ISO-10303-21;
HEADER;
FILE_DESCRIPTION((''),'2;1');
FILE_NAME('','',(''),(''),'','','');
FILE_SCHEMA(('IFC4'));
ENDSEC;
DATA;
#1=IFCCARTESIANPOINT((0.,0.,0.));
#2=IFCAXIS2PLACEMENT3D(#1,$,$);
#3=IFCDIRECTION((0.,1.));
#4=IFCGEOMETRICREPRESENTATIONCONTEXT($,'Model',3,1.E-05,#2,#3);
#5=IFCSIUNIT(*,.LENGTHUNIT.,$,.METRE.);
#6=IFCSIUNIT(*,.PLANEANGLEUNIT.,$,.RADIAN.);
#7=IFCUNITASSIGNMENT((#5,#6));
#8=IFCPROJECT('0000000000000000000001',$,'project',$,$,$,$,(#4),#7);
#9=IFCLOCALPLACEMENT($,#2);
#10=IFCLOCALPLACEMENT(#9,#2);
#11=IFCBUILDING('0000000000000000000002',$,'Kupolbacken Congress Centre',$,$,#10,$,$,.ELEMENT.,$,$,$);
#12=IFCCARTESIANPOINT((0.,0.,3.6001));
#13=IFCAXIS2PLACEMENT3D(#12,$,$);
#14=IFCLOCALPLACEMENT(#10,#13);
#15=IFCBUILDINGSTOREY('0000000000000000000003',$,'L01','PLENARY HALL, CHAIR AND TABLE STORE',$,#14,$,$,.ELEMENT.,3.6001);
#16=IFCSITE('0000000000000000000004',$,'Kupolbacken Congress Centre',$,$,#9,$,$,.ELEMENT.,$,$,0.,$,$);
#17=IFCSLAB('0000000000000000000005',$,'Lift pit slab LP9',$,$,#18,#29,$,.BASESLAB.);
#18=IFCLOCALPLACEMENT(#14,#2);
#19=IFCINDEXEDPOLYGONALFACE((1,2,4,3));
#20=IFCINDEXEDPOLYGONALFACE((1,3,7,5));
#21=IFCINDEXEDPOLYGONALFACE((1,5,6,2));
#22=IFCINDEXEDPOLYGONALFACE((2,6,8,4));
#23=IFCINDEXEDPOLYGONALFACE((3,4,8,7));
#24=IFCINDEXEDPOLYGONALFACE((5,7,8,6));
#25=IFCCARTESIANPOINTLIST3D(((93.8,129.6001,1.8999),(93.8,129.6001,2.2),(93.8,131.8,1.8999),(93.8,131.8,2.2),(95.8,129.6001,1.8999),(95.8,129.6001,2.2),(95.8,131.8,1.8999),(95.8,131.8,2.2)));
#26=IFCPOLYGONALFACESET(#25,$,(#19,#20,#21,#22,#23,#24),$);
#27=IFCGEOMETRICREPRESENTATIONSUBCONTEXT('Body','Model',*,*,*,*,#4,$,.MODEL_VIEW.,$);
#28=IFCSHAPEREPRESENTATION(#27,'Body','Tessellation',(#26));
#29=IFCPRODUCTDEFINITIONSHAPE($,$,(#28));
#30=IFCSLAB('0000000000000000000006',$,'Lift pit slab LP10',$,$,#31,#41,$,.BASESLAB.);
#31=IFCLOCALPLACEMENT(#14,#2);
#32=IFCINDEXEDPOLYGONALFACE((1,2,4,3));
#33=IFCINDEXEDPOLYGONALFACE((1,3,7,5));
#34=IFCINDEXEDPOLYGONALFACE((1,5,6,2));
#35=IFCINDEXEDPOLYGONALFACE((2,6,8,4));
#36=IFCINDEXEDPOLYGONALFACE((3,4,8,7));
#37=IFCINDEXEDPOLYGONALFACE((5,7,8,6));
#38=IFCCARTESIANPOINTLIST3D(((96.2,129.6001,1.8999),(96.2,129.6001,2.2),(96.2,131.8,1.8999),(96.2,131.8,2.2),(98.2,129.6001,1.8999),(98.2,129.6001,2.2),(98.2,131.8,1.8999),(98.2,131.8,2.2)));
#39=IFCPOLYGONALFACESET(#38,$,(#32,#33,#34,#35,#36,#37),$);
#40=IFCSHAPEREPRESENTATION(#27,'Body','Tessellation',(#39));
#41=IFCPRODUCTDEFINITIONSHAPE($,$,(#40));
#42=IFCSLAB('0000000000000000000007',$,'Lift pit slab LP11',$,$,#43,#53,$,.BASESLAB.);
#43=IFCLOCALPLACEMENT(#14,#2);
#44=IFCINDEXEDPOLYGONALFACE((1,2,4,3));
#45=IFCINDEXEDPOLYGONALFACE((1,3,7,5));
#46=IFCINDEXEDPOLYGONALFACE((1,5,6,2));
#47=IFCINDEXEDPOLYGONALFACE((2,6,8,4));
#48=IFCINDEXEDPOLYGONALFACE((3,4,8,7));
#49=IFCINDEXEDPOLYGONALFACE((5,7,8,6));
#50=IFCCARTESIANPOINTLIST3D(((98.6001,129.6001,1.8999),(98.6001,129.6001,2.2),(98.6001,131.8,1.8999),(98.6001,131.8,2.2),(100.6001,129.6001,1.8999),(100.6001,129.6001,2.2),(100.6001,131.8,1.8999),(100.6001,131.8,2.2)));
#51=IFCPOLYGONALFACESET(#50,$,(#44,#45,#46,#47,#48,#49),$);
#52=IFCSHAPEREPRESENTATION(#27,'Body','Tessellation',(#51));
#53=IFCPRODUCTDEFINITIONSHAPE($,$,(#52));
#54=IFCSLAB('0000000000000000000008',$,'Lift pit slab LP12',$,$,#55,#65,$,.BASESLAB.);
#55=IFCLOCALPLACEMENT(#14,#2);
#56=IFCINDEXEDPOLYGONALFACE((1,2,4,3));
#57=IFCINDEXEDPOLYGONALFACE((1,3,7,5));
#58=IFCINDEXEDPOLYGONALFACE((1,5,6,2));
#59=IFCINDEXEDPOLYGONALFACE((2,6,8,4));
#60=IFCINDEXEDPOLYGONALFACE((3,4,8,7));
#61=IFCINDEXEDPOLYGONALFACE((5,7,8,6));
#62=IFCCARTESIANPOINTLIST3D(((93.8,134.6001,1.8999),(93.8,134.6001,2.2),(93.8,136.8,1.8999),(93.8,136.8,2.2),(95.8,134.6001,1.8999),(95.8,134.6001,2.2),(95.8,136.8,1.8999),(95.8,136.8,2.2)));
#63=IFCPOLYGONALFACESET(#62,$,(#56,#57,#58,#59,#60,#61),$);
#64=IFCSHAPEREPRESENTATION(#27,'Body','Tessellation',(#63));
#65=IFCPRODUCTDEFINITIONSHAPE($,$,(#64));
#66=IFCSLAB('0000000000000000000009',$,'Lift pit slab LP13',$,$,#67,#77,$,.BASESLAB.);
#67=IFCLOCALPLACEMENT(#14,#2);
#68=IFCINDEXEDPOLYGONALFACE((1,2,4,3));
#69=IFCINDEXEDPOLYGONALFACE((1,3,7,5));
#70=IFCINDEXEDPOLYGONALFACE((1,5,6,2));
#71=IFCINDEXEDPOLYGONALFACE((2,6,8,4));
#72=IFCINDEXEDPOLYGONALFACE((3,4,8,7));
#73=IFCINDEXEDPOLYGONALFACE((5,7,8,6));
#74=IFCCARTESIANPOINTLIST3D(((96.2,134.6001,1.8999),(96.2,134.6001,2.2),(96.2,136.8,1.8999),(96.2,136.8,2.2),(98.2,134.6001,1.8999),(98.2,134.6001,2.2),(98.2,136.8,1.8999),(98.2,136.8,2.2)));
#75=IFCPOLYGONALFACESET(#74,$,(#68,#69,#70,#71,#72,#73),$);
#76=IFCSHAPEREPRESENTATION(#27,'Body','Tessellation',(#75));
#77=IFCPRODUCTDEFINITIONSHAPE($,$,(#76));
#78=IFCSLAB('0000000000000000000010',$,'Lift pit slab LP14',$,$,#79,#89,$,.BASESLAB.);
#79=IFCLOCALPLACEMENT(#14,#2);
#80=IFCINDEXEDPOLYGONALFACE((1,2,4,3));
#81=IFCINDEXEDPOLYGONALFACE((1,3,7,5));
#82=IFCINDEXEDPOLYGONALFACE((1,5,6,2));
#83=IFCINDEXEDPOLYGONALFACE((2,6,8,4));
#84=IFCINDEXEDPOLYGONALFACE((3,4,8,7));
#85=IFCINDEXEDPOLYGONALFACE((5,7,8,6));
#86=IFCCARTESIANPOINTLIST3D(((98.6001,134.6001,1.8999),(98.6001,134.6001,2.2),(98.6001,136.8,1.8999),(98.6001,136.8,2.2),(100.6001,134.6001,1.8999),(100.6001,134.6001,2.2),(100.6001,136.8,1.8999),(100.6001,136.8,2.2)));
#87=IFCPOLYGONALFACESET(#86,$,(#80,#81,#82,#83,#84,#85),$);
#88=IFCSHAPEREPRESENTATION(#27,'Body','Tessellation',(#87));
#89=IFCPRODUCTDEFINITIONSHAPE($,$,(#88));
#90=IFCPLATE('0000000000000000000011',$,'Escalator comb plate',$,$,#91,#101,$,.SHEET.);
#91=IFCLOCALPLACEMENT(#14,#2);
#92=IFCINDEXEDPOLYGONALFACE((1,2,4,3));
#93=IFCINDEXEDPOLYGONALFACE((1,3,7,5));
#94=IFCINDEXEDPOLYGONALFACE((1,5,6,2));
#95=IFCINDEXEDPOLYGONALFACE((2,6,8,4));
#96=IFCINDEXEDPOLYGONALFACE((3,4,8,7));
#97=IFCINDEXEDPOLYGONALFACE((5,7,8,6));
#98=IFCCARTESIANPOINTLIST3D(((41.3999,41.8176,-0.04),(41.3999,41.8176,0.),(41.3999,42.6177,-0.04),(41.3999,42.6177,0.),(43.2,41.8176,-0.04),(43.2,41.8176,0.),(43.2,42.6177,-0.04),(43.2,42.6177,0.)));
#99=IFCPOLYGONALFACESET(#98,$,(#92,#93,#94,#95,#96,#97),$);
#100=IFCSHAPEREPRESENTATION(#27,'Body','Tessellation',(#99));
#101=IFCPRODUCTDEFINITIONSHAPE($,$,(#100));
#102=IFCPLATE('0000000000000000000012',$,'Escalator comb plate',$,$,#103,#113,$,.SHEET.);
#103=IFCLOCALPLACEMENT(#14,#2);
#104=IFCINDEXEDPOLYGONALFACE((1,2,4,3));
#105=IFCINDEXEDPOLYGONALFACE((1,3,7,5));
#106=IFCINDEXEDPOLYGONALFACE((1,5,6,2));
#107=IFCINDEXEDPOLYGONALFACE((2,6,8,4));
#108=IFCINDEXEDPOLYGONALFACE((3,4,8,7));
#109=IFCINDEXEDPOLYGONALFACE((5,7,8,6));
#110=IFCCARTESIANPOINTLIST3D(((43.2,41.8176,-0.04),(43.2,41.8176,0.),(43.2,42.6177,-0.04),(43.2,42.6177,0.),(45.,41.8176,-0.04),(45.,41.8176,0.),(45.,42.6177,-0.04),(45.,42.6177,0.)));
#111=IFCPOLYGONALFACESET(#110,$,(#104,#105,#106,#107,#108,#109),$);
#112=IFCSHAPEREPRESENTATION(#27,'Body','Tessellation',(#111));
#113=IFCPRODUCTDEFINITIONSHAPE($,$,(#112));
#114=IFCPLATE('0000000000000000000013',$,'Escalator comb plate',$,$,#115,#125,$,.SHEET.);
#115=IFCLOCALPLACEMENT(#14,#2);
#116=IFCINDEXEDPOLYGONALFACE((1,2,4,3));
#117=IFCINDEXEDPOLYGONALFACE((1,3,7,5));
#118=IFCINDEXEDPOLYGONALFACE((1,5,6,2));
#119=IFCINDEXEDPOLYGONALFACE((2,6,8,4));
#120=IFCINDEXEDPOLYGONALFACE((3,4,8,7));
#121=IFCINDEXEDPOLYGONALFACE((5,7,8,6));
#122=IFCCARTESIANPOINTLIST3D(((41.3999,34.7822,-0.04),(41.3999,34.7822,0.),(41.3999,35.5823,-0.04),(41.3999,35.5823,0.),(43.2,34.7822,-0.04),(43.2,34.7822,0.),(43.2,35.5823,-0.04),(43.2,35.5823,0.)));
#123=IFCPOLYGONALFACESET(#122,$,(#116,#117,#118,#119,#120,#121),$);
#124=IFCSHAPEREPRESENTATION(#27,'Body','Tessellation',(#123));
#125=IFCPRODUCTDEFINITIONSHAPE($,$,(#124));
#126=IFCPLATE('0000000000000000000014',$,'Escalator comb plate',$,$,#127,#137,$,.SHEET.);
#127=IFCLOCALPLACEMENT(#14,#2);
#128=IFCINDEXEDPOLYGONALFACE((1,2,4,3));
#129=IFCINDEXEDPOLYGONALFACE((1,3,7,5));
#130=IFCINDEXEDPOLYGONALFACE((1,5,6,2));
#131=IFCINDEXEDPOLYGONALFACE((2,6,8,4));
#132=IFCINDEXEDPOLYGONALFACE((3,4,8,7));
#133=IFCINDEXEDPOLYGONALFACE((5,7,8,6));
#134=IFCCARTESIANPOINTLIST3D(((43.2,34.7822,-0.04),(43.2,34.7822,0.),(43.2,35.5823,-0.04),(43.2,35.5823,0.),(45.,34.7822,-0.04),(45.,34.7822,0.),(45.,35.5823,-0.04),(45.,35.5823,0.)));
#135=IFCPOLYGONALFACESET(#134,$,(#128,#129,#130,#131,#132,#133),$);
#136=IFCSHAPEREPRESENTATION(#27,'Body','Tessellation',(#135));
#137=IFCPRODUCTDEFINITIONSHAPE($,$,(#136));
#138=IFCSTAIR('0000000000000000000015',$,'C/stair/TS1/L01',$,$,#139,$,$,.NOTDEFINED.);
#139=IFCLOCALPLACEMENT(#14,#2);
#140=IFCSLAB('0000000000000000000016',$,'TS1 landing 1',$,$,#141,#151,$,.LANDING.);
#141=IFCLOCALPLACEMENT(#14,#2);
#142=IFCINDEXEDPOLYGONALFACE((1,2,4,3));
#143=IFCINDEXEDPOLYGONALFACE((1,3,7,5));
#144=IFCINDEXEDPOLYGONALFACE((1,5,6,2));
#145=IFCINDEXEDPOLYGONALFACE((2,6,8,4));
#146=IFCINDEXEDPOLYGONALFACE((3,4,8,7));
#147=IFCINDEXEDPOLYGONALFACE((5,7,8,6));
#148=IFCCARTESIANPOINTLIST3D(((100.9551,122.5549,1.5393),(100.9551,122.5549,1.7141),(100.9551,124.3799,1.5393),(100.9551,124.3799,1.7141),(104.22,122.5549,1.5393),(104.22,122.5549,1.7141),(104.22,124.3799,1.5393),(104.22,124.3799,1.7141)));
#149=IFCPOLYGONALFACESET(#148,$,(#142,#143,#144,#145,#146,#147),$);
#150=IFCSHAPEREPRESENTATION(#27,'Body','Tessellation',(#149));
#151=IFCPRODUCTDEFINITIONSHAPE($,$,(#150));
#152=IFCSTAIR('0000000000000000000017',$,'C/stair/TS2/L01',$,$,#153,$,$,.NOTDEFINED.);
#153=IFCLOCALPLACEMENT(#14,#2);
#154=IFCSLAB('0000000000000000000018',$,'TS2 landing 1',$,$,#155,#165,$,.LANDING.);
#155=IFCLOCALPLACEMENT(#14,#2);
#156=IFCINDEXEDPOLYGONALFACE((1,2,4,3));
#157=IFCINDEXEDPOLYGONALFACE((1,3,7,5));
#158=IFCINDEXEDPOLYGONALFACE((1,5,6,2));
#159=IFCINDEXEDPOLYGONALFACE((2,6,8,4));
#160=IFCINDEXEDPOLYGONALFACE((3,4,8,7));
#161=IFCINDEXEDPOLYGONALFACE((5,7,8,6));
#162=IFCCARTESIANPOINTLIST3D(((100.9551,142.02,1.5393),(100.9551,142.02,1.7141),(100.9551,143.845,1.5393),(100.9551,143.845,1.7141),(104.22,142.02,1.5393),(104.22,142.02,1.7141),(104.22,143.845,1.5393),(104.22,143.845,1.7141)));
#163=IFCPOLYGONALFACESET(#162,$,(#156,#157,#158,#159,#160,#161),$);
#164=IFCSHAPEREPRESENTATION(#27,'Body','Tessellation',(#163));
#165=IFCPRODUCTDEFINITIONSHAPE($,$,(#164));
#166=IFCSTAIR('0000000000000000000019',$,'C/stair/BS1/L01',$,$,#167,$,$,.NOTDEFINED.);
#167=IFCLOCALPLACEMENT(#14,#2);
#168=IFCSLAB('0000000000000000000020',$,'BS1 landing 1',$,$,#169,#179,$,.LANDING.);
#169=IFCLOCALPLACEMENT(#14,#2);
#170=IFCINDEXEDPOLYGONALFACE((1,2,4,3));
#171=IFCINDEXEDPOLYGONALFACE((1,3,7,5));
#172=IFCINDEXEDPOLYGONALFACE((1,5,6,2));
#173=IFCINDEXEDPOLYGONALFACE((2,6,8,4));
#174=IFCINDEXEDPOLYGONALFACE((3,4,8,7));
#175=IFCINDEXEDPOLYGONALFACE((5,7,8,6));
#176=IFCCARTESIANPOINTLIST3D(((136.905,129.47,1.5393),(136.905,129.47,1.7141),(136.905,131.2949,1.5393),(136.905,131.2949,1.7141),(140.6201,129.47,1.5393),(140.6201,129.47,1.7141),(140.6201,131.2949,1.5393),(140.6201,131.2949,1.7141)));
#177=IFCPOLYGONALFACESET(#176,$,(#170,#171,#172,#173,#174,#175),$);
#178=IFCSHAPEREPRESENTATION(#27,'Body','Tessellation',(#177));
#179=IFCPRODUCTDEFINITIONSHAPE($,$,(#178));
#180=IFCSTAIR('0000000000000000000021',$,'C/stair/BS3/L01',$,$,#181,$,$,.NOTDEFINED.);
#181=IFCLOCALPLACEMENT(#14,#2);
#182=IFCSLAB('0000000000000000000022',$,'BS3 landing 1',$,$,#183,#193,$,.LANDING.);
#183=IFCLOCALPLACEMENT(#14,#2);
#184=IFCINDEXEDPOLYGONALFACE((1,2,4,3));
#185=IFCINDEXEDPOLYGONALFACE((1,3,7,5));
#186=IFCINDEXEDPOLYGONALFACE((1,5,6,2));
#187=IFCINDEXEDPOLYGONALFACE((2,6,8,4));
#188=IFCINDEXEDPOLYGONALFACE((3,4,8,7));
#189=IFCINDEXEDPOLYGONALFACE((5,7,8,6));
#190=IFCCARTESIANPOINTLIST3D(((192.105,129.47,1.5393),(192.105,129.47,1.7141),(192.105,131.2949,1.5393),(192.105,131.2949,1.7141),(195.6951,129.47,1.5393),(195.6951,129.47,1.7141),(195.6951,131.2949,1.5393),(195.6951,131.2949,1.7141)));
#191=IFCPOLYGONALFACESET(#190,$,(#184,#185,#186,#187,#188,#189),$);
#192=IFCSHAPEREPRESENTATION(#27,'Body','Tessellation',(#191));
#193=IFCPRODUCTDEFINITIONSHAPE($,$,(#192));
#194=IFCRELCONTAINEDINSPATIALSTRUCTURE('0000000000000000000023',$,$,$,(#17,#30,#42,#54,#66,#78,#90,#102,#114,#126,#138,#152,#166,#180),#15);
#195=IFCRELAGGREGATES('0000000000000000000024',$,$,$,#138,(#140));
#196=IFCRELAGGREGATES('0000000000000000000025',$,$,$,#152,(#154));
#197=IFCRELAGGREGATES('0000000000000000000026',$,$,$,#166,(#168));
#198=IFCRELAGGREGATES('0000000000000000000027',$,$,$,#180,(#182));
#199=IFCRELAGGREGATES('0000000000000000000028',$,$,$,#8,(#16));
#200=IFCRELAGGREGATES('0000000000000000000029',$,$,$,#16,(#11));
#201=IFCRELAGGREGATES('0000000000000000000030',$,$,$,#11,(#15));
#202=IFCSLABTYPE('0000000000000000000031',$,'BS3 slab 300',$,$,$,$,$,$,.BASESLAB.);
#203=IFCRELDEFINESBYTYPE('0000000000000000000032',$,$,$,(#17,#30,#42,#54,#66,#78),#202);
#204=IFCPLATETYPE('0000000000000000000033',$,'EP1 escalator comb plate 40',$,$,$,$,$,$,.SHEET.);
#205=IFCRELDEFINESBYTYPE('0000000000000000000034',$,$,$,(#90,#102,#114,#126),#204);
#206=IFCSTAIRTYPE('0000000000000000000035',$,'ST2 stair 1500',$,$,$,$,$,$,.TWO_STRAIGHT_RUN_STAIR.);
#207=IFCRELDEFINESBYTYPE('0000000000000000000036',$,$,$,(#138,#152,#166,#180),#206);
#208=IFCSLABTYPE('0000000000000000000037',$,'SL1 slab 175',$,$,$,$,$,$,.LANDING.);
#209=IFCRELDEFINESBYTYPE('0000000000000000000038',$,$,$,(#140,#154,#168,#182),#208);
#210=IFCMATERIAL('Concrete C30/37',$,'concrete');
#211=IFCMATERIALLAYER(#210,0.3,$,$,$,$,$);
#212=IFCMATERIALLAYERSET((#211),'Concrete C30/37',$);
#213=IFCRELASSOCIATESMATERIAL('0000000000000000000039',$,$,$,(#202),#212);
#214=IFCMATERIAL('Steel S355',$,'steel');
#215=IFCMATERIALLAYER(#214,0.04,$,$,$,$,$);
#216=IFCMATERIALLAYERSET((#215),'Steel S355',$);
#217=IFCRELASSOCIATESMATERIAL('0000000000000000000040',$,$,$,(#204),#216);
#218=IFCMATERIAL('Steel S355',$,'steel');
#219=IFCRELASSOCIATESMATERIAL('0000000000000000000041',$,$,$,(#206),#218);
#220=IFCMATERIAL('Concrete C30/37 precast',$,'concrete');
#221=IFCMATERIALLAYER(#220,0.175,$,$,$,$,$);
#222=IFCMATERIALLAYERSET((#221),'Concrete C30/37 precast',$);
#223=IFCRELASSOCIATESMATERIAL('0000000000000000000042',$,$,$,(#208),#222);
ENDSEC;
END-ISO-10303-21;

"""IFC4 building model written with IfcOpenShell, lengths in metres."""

from ifc_helpers import new_model, si_unit, direction, frame, origin, place, context, subcontext, project, spatial, polyline, outline, extrude, material, layer, layer_set, type_object, element, aggregate, save


model = new_model("IFC4")

# Units and contexts
model_context = context("Model", 3, precision=1e-05, world=origin(), true_north=direction((0.0, 1.0)))
body_context = subcontext(model_context, "Body", "Model", "MODEL_VIEW")
ifc_project = project(units=[si_unit("LENGTHUNIT", "METRE"), si_unit("PLANEANGLEUNIT", "RADIAN")], contexts=[model_context])

# Site, building, storey
site_placement = place(None, origin())
site = spatial("IfcSite", under=ifc_project, at=site_placement, Name="Kupolbacken Congress Centre", CompositionType="ELEMENT", RefElevation=0.0)
building_placement = place(site_placement, origin())
building = spatial("IfcBuilding", under=site, at=building_placement, Name="Kupolbacken Congress Centre", CompositionType="ELEMENT")
storey_placement = place(building_placement, frame((0.0, 0.0, 3.6001)))
storey = spatial("IfcBuildingStorey", under=building, at=storey_placement, Name="L01", Description="PLENARY HALL, CHAIR AND TABLE STORE", CompositionType="ELEMENT", Elevation=3.6001)

# Slabs
ifc_material_1 = material(Name="Concrete C30/37", Category="concrete")
ifc_layer_1 = layer(ifc_material_1, 0.3)
ifc_layer_set_1 = layer_set([ifc_layer_1], Name="Concrete C30/37")
slab_type_1 = type_object("IfcSlabType", Name="BS3 slab 300", PredefinedType="BASESLAB", material=ifc_layer_set_1)
slab_1_placement = place(storey_placement, frame((0.0, 0.0, 1.8999)))
element("IfcSlab", 1, at=slab_1_placement, inside=storey, type_object=slab_type_1, Name="Lift pit slab LP9", PredefinedType="BASESLAB", context=body_context, shape_type="SweptSolid", body=[
    extrude(outline(polyline([(93.8, 129.6001), (95.8, 129.6001), (95.8, 131.8), (93.8, 131.8), (93.8, 129.6001)])), origin(), (0.0, 0.0, 1.0), 0.3),
])
slab_2_placement = place(storey_placement, frame((0.0, 0.0, 1.8999)))
element("IfcSlab", 2, at=slab_2_placement, inside=storey, type_object=slab_type_1, Name="Lift pit slab LP10", PredefinedType="BASESLAB", context=body_context, shape_type="SweptSolid", body=[
    extrude(outline(polyline([(96.2, 129.6001), (98.2, 129.6001), (98.2, 131.8), (96.2, 131.8), (96.2, 129.6001)])), origin(), (0.0, 0.0, 1.0), 0.3),
])
slab_3_placement = place(storey_placement, frame((0.0, 0.0, 1.8999)))
element("IfcSlab", 3, at=slab_3_placement, inside=storey, type_object=slab_type_1, Name="Lift pit slab LP11", PredefinedType="BASESLAB", context=body_context, shape_type="SweptSolid", body=[
    extrude(outline(polyline([(98.6001, 129.6001), (100.6001, 129.6001), (100.6001, 131.8), (98.6001, 131.8), (98.6001, 129.6001)])), origin(), (0.0, 0.0, 1.0), 0.3),
])
slab_4_placement = place(storey_placement, frame((0.0, 0.0, 1.8999)))
element("IfcSlab", 4, at=slab_4_placement, inside=storey, type_object=slab_type_1, Name="Lift pit slab LP12", PredefinedType="BASESLAB", context=body_context, shape_type="SweptSolid", body=[
    extrude(outline(polyline([(93.8, 134.6001), (95.8, 134.6001), (95.8, 136.8), (93.8, 136.8), (93.8, 134.6001)])), origin(), (0.0, 0.0, 1.0), 0.3),
])
slab_5_placement = place(storey_placement, frame((0.0, 0.0, 1.8999)))
element("IfcSlab", 5, at=slab_5_placement, inside=storey, type_object=slab_type_1, Name="Lift pit slab LP13", PredefinedType="BASESLAB", context=body_context, shape_type="SweptSolid", body=[
    extrude(outline(polyline([(96.2, 134.6001), (98.2, 134.6001), (98.2, 136.8), (96.2, 136.8), (96.2, 134.6001)])), origin(), (0.0, 0.0, 1.0), 0.3),
])
slab_6_placement = place(storey_placement, frame((0.0, 0.0, 1.8999)))
element("IfcSlab", 6, at=slab_6_placement, inside=storey, type_object=slab_type_1, Name="Lift pit slab LP14", PredefinedType="BASESLAB", context=body_context, shape_type="SweptSolid", body=[
    extrude(outline(polyline([(98.6001, 134.6001), (100.6001, 134.6001), (100.6001, 136.8), (98.6001, 136.8), (98.6001, 134.6001)])), origin(), (0.0, 0.0, 1.0), 0.3),
])

# Plates
ifc_material_2 = material(Name="Steel S355", Category="steel")
ifc_layer_2 = layer(ifc_material_2, 0.04)
ifc_layer_set_2 = layer_set([ifc_layer_2], Name="Steel S355")
plate_type = type_object("IfcPlateType", Name="EP1 escalator comb plate 40", PredefinedType="SHEET", material=ifc_layer_set_2)
plate_1_placement = place(storey_placement, frame((0.0, 0.0, -0.04)))
element("IfcPlate", 7, at=plate_1_placement, inside=storey, type_object=plate_type, Name="Escalator comb plate", PredefinedType="SHEET", context=body_context, shape_type="SweptSolid", body=[
    extrude(outline(polyline([(41.3999, 41.8176), (43.2, 41.8176), (43.2, 42.6177), (41.3999, 42.6177), (41.3999, 41.8176)])), origin(), (0.0, 0.0, 1.0), 0.04),
])
plate_2_placement = place(storey_placement, frame((0.0, 0.0, -0.04)))
element("IfcPlate", 8, at=plate_2_placement, inside=storey, type_object=plate_type, Name="Escalator comb plate", PredefinedType="SHEET", context=body_context, shape_type="SweptSolid", body=[
    extrude(outline(polyline([(43.2, 41.8176), (45.0, 41.8176), (45.0, 42.6177), (43.2, 42.6177), (43.2, 41.8176)])), origin(), (0.0, 0.0, 1.0), 0.04),
])
plate_3_placement = place(storey_placement, frame((0.0, 0.0, -0.04)))
element("IfcPlate", 9, at=plate_3_placement, inside=storey, type_object=plate_type, Name="Escalator comb plate", PredefinedType="SHEET", context=body_context, shape_type="SweptSolid", body=[
    extrude(outline(polyline([(41.3999, 34.7822), (43.2, 34.7822), (43.2, 35.5823), (41.3999, 35.5823), (41.3999, 34.7822)])), origin(), (0.0, 0.0, 1.0), 0.04),
])
plate_4_placement = place(storey_placement, frame((0.0, 0.0, -0.04)))
element("IfcPlate", 10, at=plate_4_placement, inside=storey, type_object=plate_type, Name="Escalator comb plate", PredefinedType="SHEET", context=body_context, shape_type="SweptSolid", body=[
    extrude(outline(polyline([(43.2, 34.7822), (45.0, 34.7822), (45.0, 35.5823), (43.2, 35.5823), (43.2, 34.7822)])), origin(), (0.0, 0.0, 1.0), 0.04),
])

# Stairs, slabs
ifc_material_3 = material(Name="Steel S355", Category="steel")
stair_type_1 = type_object("IfcStairType", Name="ST2 stair 1500", PredefinedType="TWO_STRAIGHT_RUN_STAIR", material=ifc_material_3)
stair_1_placement = place(storey_placement, origin())
stair_1 = element("IfcStair", 11, at=stair_1_placement, inside=storey, type_object=stair_type_1, Name="C/stair/TS1/L01", PredefinedType="NOTDEFINED")
ifc_material_4 = material(Name="Concrete C30/37 precast", Category="concrete")
ifc_layer_3 = layer(ifc_material_4, 0.175)
ifc_layer_set_3 = layer_set([ifc_layer_3], Name="Concrete C30/37 precast")
slab_type_2 = type_object("IfcSlabType", Name="SL1 slab 175", PredefinedType="LANDING", material=ifc_layer_set_3)
slab_7_placement = place(storey_placement, frame((0.0, 0.0, 1.5393)))
slab_7 = element("IfcSlab", 12, at=slab_7_placement, type_object=slab_type_2, Name="TS1 landing 1", PredefinedType="LANDING", context=body_context, shape_type="SweptSolid", body=[
    extrude(outline(polyline([(100.9551, 122.5549), (104.22, 122.5549), (104.22, 124.3799), (100.9551, 124.3799), (100.9551, 122.5549)])), origin(), (0.0, 0.0, 1.0), 0.1748),
])
aggregate(stair_1, [slab_7])
stair_2_placement = place(storey_placement, origin())
stair_2 = element("IfcStair", 13, at=stair_2_placement, inside=storey, type_object=stair_type_1, Name="C/stair/TS2/L01", PredefinedType="NOTDEFINED")
slab_8_placement = place(storey_placement, frame((0.0, 0.0, 1.5393)))
slab_8 = element("IfcSlab", 14, at=slab_8_placement, type_object=slab_type_2, Name="TS2 landing 1", PredefinedType="LANDING", context=body_context, shape_type="SweptSolid", body=[
    extrude(outline(polyline([(100.9551, 142.02), (104.22, 142.02), (104.22, 143.845), (100.9551, 143.845), (100.9551, 142.02)])), origin(), (0.0, 0.0, 1.0), 0.1748),
])
aggregate(stair_2, [slab_8])
stair_3_placement = place(storey_placement, origin())
stair_3 = element("IfcStair", 15, at=stair_3_placement, inside=storey, type_object=stair_type_1, Name="C/stair/BS1/L01", PredefinedType="NOTDEFINED")
slab_9_placement = place(storey_placement, frame((0.0, 0.0, 1.5393)))
slab_9 = element("IfcSlab", 16, at=slab_9_placement, type_object=slab_type_2, Name="BS1 landing 1", PredefinedType="LANDING", context=body_context, shape_type="SweptSolid", body=[
    extrude(outline(polyline([(136.905, 129.47), (140.6201, 129.47), (140.6201, 131.2949), (136.905, 131.2949), (136.905, 129.47)])), origin(), (0.0, 0.0, 1.0), 0.1748),
])
aggregate(stair_3, [slab_9])
stair_4_placement = place(storey_placement, origin())
stair_4 = element("IfcStair", 17, at=stair_4_placement, inside=storey, type_object=stair_type_1, Name="C/stair/BS3/L01", PredefinedType="NOTDEFINED")
slab_10_placement = place(storey_placement, frame((0.0, 0.0, 1.5393)))
slab_10 = element("IfcSlab", 18, at=slab_10_placement, type_object=slab_type_2, Name="BS3 landing 1", PredefinedType="LANDING", context=body_context, shape_type="SweptSolid", body=[
    extrude(outline(polyline([(192.105, 129.47), (195.6951, 129.47), (195.6951, 131.2949), (192.105, 131.2949), (192.105, 129.47)])), origin(), (0.0, 0.0, 1.0), 0.1748),
])
aggregate(stair_4, [slab_10])

save(model, "model.ifc")
